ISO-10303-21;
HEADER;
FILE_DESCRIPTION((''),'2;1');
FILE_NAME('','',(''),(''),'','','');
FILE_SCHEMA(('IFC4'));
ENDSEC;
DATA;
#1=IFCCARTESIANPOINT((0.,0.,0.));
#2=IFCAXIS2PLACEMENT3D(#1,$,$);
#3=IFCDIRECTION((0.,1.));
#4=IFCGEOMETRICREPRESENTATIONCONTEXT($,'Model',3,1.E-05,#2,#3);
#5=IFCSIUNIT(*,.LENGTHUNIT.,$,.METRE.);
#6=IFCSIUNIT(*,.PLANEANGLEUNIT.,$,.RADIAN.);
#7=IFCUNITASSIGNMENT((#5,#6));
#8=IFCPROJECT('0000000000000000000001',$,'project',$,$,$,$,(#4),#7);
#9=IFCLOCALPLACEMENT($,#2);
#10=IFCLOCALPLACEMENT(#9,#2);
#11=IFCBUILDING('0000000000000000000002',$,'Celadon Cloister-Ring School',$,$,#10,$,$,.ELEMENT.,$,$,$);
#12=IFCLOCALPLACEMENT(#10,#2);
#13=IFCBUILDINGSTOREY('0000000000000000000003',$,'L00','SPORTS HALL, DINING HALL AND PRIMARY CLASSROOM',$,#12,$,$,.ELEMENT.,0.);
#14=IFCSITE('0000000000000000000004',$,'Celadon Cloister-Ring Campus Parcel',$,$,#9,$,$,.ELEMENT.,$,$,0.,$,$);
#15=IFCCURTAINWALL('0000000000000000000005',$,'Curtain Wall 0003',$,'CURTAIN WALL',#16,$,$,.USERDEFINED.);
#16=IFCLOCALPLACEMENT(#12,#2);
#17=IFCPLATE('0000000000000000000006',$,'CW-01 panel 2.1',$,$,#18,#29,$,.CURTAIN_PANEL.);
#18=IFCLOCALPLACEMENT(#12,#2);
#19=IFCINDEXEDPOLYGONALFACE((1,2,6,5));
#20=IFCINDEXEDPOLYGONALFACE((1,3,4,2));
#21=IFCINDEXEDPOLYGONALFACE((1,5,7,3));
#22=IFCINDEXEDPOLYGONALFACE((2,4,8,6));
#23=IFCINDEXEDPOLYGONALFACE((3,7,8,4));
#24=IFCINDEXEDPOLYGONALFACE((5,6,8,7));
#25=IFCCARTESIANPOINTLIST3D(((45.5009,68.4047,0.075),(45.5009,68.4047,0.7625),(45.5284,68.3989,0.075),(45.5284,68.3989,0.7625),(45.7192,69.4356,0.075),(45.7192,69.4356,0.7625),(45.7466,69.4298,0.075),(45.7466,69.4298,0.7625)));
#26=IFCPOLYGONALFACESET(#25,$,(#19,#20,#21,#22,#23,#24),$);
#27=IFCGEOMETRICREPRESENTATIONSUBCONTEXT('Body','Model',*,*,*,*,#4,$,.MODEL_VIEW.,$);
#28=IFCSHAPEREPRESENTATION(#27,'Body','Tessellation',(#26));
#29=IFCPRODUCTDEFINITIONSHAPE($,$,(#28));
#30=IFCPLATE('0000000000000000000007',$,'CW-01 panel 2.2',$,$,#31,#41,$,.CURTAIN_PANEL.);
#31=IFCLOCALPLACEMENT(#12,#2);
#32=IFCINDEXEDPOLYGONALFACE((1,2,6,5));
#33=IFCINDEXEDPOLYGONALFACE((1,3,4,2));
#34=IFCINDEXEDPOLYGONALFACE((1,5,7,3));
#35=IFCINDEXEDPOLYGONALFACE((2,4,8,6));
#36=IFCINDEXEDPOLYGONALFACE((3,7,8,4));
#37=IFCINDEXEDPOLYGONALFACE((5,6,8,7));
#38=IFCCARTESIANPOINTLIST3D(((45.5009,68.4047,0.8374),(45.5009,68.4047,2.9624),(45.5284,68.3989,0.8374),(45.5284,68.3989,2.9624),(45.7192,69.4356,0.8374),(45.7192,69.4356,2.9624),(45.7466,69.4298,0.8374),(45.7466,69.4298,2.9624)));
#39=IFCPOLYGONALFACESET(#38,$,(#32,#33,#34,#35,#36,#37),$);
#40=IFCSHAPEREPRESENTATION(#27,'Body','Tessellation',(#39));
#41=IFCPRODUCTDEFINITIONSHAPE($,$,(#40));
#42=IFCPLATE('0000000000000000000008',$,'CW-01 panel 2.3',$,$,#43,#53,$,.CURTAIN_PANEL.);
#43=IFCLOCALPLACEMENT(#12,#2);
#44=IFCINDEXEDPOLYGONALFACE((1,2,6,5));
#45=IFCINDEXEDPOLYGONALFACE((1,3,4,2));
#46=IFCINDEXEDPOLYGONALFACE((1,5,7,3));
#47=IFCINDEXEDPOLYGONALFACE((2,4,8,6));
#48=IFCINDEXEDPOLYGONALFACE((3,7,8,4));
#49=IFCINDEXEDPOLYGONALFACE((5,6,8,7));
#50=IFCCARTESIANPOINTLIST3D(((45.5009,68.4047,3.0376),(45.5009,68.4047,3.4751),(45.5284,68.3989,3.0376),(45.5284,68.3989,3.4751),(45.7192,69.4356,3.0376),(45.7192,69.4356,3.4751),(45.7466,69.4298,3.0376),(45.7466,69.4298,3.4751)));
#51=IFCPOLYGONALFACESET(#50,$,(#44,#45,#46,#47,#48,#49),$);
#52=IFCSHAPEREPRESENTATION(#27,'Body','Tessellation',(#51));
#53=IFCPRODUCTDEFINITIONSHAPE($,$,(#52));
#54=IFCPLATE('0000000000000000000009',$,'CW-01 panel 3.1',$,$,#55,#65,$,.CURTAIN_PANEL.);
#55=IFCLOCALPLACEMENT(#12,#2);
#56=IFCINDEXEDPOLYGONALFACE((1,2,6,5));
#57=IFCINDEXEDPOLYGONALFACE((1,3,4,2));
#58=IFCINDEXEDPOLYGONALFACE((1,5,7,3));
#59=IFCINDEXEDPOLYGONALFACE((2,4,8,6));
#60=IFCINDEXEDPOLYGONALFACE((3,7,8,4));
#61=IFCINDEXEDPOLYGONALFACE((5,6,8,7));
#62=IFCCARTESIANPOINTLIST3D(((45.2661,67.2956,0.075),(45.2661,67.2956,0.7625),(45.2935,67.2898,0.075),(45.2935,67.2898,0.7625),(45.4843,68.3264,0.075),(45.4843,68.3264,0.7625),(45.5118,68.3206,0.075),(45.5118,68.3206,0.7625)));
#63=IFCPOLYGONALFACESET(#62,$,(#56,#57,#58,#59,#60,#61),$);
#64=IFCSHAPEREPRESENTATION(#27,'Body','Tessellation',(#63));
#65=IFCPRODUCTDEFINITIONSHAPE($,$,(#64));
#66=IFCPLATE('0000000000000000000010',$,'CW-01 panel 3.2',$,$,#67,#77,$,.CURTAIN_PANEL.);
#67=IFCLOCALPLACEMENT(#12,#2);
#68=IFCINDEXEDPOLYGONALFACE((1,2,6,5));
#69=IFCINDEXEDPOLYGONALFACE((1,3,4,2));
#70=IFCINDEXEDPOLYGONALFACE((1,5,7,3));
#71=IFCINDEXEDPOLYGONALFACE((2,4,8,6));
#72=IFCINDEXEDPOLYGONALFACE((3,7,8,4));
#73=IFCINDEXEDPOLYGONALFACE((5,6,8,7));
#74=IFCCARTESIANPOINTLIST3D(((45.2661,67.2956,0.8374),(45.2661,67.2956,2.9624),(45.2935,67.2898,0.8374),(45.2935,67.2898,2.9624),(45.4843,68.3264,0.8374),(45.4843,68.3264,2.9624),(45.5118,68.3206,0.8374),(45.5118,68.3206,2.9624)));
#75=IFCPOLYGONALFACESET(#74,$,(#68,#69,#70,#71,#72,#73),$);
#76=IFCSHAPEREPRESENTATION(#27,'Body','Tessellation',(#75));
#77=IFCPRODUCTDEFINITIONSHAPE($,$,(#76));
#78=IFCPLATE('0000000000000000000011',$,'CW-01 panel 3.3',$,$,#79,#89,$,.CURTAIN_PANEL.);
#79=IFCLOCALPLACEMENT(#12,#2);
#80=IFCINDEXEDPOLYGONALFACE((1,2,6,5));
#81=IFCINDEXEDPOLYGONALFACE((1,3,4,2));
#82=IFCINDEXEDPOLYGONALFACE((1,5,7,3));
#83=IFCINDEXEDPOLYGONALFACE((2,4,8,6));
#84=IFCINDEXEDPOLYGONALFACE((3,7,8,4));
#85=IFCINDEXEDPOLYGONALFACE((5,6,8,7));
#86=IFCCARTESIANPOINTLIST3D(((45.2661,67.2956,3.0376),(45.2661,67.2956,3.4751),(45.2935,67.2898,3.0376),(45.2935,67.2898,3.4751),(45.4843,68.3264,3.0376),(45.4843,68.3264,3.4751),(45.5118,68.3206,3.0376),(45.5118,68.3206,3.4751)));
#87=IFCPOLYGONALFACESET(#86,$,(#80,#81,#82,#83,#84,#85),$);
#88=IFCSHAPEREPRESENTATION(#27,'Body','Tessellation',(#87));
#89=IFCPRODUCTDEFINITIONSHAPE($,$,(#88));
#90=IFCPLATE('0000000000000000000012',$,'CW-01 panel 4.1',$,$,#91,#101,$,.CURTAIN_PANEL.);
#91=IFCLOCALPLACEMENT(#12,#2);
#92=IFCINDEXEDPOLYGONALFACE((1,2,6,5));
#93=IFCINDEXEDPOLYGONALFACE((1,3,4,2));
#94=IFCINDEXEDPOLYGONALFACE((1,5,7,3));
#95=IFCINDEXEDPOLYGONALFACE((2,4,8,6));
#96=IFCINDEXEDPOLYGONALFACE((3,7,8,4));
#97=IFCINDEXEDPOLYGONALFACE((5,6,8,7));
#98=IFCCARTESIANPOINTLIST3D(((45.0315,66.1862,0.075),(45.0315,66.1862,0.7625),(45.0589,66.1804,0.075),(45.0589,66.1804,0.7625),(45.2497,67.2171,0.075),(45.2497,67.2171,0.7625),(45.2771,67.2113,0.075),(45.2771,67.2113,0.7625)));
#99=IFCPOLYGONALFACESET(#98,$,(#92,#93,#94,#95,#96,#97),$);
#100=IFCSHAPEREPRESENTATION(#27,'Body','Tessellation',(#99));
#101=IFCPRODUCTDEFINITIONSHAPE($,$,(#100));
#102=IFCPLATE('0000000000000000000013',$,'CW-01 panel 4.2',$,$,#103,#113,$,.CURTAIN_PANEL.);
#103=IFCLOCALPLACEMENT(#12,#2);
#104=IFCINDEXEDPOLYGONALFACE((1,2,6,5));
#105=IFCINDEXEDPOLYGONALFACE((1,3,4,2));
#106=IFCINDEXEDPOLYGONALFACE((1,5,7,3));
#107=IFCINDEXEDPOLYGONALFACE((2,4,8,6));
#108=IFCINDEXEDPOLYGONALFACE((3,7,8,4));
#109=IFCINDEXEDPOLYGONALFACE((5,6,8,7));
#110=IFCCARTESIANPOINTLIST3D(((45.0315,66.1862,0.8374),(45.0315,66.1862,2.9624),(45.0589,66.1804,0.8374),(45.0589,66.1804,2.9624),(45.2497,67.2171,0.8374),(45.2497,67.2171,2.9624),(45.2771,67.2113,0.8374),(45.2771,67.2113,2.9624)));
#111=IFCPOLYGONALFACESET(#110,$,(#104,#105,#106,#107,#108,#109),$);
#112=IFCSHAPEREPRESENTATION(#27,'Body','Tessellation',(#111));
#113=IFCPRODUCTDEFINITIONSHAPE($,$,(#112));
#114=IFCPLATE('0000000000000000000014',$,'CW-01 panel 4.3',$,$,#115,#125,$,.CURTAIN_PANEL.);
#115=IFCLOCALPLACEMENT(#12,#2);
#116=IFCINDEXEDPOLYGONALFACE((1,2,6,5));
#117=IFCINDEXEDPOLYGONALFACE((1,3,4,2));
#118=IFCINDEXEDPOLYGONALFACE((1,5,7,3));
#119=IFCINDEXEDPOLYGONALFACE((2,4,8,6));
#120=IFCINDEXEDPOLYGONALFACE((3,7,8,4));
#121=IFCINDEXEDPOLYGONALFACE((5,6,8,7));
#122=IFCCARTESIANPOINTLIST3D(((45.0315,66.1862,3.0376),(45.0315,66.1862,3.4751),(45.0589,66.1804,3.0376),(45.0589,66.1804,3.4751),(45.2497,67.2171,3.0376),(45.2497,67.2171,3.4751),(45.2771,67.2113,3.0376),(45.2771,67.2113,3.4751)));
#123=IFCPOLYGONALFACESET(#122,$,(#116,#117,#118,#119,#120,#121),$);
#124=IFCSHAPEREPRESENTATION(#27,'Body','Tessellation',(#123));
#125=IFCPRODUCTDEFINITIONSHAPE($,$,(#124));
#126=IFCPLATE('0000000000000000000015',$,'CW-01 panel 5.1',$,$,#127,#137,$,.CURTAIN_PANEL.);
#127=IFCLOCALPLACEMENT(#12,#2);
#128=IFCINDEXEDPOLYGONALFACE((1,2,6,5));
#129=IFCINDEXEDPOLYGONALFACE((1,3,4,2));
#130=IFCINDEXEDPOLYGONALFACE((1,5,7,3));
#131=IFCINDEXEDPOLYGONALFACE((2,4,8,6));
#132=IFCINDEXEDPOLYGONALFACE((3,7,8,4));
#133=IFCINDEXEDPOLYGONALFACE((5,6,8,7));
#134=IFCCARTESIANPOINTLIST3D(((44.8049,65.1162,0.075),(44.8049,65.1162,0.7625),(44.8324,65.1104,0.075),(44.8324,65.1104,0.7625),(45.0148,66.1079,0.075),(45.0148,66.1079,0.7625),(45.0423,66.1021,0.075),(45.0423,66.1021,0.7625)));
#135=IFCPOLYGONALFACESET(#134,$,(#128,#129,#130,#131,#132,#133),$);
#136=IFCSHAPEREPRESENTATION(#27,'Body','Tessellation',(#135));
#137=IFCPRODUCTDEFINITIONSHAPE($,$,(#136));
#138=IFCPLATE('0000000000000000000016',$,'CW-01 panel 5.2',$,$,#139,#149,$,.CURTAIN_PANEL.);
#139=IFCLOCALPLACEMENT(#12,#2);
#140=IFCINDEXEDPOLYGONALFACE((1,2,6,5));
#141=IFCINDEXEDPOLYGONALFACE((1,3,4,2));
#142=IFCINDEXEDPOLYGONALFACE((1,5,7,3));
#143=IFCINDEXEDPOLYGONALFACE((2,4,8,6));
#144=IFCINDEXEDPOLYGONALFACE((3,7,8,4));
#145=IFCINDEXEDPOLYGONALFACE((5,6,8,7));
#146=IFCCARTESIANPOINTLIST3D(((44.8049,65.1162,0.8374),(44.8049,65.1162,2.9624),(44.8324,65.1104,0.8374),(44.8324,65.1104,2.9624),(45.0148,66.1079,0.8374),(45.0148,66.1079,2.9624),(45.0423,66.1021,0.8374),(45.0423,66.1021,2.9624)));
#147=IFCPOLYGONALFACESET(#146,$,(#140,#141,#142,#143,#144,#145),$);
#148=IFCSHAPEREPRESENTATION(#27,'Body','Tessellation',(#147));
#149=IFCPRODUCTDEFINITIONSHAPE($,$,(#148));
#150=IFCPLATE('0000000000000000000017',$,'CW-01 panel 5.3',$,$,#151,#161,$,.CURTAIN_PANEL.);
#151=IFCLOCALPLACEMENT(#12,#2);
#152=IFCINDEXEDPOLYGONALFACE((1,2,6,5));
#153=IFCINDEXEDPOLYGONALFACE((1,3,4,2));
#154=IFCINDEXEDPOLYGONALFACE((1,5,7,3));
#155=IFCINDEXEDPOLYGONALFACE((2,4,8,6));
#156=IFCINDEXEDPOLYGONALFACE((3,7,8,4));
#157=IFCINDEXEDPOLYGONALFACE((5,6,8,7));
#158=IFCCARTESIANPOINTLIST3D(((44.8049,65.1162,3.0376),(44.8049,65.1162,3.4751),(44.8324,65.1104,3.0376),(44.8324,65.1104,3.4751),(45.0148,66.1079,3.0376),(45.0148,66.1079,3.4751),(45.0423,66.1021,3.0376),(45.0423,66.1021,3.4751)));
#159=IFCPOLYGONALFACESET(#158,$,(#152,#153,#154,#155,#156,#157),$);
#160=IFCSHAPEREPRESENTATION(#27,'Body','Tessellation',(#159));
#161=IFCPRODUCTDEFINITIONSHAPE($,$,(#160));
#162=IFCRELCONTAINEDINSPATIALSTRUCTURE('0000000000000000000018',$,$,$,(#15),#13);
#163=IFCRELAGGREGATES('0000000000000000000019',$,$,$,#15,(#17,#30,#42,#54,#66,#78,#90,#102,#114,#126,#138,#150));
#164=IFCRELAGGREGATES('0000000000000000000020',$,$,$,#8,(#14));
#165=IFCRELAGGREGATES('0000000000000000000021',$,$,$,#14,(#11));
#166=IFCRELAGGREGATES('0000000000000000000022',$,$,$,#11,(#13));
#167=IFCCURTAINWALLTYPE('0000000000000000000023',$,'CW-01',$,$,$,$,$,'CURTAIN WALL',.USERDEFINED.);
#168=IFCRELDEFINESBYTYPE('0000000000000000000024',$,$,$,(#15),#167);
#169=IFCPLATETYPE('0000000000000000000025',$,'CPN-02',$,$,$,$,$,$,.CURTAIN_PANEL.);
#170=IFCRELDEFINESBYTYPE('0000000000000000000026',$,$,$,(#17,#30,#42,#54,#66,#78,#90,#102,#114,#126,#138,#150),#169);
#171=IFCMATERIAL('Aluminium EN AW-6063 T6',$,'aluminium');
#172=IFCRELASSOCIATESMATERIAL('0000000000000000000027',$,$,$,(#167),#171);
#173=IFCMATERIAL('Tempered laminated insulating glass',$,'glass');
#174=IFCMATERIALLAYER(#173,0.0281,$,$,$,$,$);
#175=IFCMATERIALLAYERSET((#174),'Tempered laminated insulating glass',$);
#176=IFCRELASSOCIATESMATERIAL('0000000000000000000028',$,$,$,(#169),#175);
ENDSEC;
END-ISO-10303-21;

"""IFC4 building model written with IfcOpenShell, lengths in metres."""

from ifc_helpers import new_model, si_unit, direction, frame, origin, origin_2d, place, context, subcontext, project, spatial, rectangle, extrude, material, layer, layer_set, type_object, element, aggregate, save


model = new_model("IFC4")

# Units and contexts
model_context = context("Model", 3, precision=1e-05, world=origin(), true_north=direction((0.0, 1.0)))
body_context = subcontext(model_context, "Body", "Model", "MODEL_VIEW")
ifc_project = project(units=[si_unit("LENGTHUNIT", "METRE"), si_unit("PLANEANGLEUNIT", "RADIAN")], contexts=[model_context])

# Site, building, storey
site_placement = place(None, origin())
site = spatial("IfcSite", under=ifc_project, at=site_placement, Name="Celadon Cloister-Ring Campus Parcel", CompositionType="ELEMENT", RefElevation=0.0)
building_placement = place(site_placement, origin())
building = spatial("IfcBuilding", under=site, at=building_placement, Name="Celadon Cloister-Ring School", CompositionType="ELEMENT")
storey_placement = place(building_placement, origin())
storey = spatial("IfcBuildingStorey", under=building, at=storey_placement, Name="L00", Description="SPORTS HALL, DINING HALL AND PRIMARY CLASSROOM", CompositionType="ELEMENT", Elevation=0.0)

# Curtain wall, plates
ifc_material_1 = material(Name="Aluminium EN AW-6063 T6", Category="aluminium")
curtain_wall_type = type_object("IfcCurtainWallType", Name="CW-01", ElementType="CURTAIN WALL", PredefinedType="USERDEFINED", material=ifc_material_1)
curtain_wall_placement = place(storey_placement, origin())
curtain_wall = element("IfcCurtainWall", 1, at=curtain_wall_placement, inside=storey, type_object=curtain_wall_type, Name="Curtain Wall 0003", ObjectType="CURTAIN WALL", PredefinedType="USERDEFINED")
ifc_material_2 = material(Name="Tempered laminated insulating glass", Category="glass")
ifc_layer = layer(ifc_material_2, 0.0281)
ifc_layer_set = layer_set([ifc_layer], Name="Tempered laminated insulating glass")
plate_type = type_object("IfcPlateType", Name="CPN-02", PredefinedType="CURTAIN_PANEL", material=ifc_layer_set)
plate_1_placement = place(storey_placement, frame((45.6238, 68.9172, 0.075), z_axis=(0.0, 0.0, 1.0), x_axis=(-0.207095, -0.978321, 0.0)))
plate_1 = element("IfcPlate", 2, at=plate_1_placement, type_object=plate_type, Name="CW-01 panel 2.1", PredefinedType="CURTAIN_PANEL", context=body_context, shape_type="SweptSolid", body=[
    extrude(rectangle(XDim=1.0537, YDim=0.0281, at=origin_2d()), origin(), (0.0, 0.0, 1.0), 0.6875),
])
plate_2_placement = place(storey_placement, frame((45.6238, 68.9172, 0.8374), z_axis=(0.0, 0.0, 1.0), x_axis=(-0.207095, -0.978321, 0.0)))
plate_2 = element("IfcPlate", 3, at=plate_2_placement, type_object=plate_type, Name="CW-01 panel 2.2", PredefinedType="CURTAIN_PANEL", context=body_context, shape_type="SweptSolid", body=[
    extrude(rectangle(XDim=1.0537, YDim=0.0281, at=origin_2d()), origin(), (0.0, 0.0, 1.0), 2.125),
])
plate_3_placement = place(storey_placement, frame((45.6238, 68.9172, 3.0376), z_axis=(0.0, 0.0, 1.0), x_axis=(-0.207095, -0.978321, 0.0)))
plate_3 = element("IfcPlate", 4, at=plate_3_placement, type_object=plate_type, Name="CW-01 panel 2.3", PredefinedType="CURTAIN_PANEL", context=body_context, shape_type="SweptSolid", body=[
    extrude(rectangle(XDim=1.0537, YDim=0.0281, at=origin_2d()), origin(), (0.0, 0.0, 1.0), 0.4375),
])
plate_4_placement = place(storey_placement, frame((45.3889, 67.8081, 0.075), z_axis=(0.0, 0.0, 1.0), x_axis=(-0.207095, -0.978321, 0.0)))
plate_4 = element("IfcPlate", 5, at=plate_4_placement, type_object=plate_type, Name="CW-01 panel 3.1", PredefinedType="CURTAIN_PANEL", context=body_context, shape_type="SweptSolid", body=[
    extrude(rectangle(XDim=1.0537, YDim=0.0281, at=origin_2d()), origin(), (0.0, 0.0, 1.0), 0.6875),
])
plate_5_placement = place(storey_placement, frame((45.3889, 67.8081, 0.8374), z_axis=(0.0, 0.0, 1.0), x_axis=(-0.207095, -0.978321, 0.0)))
plate_5 = element("IfcPlate", 6, at=plate_5_placement, type_object=plate_type, Name="CW-01 panel 3.2", PredefinedType="CURTAIN_PANEL", context=body_context, shape_type="SweptSolid", body=[
    extrude(rectangle(XDim=1.0537, YDim=0.0281, at=origin_2d()), origin(), (0.0, 0.0, 1.0), 2.125),
])
plate_6_placement = place(storey_placement, frame((45.3889, 67.8081, 3.0376), z_axis=(0.0, 0.0, 1.0), x_axis=(-0.207095, -0.978321, 0.0)))
plate_6 = element("IfcPlate", 7, at=plate_6_placement, type_object=plate_type, Name="CW-01 panel 3.3", PredefinedType="CURTAIN_PANEL", context=body_context, shape_type="SweptSolid", body=[
    extrude(rectangle(XDim=1.0537, YDim=0.0281, at=origin_2d()), origin(), (0.0, 0.0, 1.0), 0.4375),
])
plate_7_placement = place(storey_placement, frame((45.1543, 66.6987, 0.075), z_axis=(0.0, 0.0, 1.0), x_axis=(-0.207095, -0.978321, 0.0)))
plate_7 = element("IfcPlate", 8, at=plate_7_placement, type_object=plate_type, Name="CW-01 panel 4.1", PredefinedType="CURTAIN_PANEL", context=body_context, shape_type="SweptSolid", body=[
    extrude(rectangle(XDim=1.0537, YDim=0.0281, at=origin_2d()), origin(), (0.0, 0.0, 1.0), 0.6875),
])
plate_8_placement = place(storey_placement, frame((45.1543, 66.6987, 0.8374), z_axis=(0.0, 0.0, 1.0), x_axis=(-0.207095, -0.978321, 0.0)))
plate_8 = element("IfcPlate", 9, at=plate_8_placement, type_object=plate_type, Name="CW-01 panel 4.2", PredefinedType="CURTAIN_PANEL", context=body_context, shape_type="SweptSolid", body=[
    extrude(rectangle(XDim=1.0537, YDim=0.0281, at=origin_2d()), origin(), (0.0, 0.0, 1.0), 2.125),
])
plate_9_placement = place(storey_placement, frame((45.1543, 66.6987, 3.0376), z_axis=(0.0, 0.0, 1.0), x_axis=(-0.207095, -0.978321, 0.0)))
plate_9 = element("IfcPlate", 10, at=plate_9_placement, type_object=plate_type, Name="CW-01 panel 4.3", PredefinedType="CURTAIN_PANEL", context=body_context, shape_type="SweptSolid", body=[
    extrude(rectangle(XDim=1.0537, YDim=0.0281, at=origin_2d()), origin(), (0.0, 0.0, 1.0), 0.4375),
])
plate_10_placement = place(storey_placement, frame((44.9236, 65.6091, 0.075), z_axis=(0.0, 0.0, 1.0), x_axis=(-0.207095, -0.978321, 0.0)))
plate_10 = element("IfcPlate", 11, at=plate_10_placement, type_object=plate_type, Name="CW-01 panel 5.1", PredefinedType="CURTAIN_PANEL", context=body_context, shape_type="SweptSolid", body=[
    extrude(rectangle(XDim=1.0137, YDim=0.0281, at=origin_2d()), origin(), (0.0, 0.0, 1.0), 0.6875),
])
plate_11_placement = place(storey_placement, frame((44.9236, 65.6091, 0.8374), z_axis=(0.0, 0.0, 1.0), x_axis=(-0.207095, -0.978321, 0.0)))
plate_11 = element("IfcPlate", 12, at=plate_11_placement, type_object=plate_type, Name="CW-01 panel 5.2", PredefinedType="CURTAIN_PANEL", context=body_context, shape_type="SweptSolid", body=[
    extrude(rectangle(XDim=1.0137, YDim=0.0281, at=origin_2d()), origin(), (0.0, 0.0, 1.0), 2.125),
])
plate_12_placement = place(storey_placement, frame((44.9236, 65.6091, 3.0376), z_axis=(0.0, 0.0, 1.0), x_axis=(-0.207095, -0.978321, 0.0)))
plate_12 = element("IfcPlate", 13, at=plate_12_placement, type_object=plate_type, Name="CW-01 panel 5.3", PredefinedType="CURTAIN_PANEL", context=body_context, shape_type="SweptSolid", body=[
    extrude(rectangle(XDim=1.0137, YDim=0.0281, at=origin_2d()), origin(), (0.0, 0.0, 1.0), 0.4375),
])
aggregate(curtain_wall, [plate_1, plate_2, plate_3, plate_4, plate_5, plate_6, plate_7, plate_8, plate_9, plate_10, plate_11, plate_12])

save(model, "model.ifc")
